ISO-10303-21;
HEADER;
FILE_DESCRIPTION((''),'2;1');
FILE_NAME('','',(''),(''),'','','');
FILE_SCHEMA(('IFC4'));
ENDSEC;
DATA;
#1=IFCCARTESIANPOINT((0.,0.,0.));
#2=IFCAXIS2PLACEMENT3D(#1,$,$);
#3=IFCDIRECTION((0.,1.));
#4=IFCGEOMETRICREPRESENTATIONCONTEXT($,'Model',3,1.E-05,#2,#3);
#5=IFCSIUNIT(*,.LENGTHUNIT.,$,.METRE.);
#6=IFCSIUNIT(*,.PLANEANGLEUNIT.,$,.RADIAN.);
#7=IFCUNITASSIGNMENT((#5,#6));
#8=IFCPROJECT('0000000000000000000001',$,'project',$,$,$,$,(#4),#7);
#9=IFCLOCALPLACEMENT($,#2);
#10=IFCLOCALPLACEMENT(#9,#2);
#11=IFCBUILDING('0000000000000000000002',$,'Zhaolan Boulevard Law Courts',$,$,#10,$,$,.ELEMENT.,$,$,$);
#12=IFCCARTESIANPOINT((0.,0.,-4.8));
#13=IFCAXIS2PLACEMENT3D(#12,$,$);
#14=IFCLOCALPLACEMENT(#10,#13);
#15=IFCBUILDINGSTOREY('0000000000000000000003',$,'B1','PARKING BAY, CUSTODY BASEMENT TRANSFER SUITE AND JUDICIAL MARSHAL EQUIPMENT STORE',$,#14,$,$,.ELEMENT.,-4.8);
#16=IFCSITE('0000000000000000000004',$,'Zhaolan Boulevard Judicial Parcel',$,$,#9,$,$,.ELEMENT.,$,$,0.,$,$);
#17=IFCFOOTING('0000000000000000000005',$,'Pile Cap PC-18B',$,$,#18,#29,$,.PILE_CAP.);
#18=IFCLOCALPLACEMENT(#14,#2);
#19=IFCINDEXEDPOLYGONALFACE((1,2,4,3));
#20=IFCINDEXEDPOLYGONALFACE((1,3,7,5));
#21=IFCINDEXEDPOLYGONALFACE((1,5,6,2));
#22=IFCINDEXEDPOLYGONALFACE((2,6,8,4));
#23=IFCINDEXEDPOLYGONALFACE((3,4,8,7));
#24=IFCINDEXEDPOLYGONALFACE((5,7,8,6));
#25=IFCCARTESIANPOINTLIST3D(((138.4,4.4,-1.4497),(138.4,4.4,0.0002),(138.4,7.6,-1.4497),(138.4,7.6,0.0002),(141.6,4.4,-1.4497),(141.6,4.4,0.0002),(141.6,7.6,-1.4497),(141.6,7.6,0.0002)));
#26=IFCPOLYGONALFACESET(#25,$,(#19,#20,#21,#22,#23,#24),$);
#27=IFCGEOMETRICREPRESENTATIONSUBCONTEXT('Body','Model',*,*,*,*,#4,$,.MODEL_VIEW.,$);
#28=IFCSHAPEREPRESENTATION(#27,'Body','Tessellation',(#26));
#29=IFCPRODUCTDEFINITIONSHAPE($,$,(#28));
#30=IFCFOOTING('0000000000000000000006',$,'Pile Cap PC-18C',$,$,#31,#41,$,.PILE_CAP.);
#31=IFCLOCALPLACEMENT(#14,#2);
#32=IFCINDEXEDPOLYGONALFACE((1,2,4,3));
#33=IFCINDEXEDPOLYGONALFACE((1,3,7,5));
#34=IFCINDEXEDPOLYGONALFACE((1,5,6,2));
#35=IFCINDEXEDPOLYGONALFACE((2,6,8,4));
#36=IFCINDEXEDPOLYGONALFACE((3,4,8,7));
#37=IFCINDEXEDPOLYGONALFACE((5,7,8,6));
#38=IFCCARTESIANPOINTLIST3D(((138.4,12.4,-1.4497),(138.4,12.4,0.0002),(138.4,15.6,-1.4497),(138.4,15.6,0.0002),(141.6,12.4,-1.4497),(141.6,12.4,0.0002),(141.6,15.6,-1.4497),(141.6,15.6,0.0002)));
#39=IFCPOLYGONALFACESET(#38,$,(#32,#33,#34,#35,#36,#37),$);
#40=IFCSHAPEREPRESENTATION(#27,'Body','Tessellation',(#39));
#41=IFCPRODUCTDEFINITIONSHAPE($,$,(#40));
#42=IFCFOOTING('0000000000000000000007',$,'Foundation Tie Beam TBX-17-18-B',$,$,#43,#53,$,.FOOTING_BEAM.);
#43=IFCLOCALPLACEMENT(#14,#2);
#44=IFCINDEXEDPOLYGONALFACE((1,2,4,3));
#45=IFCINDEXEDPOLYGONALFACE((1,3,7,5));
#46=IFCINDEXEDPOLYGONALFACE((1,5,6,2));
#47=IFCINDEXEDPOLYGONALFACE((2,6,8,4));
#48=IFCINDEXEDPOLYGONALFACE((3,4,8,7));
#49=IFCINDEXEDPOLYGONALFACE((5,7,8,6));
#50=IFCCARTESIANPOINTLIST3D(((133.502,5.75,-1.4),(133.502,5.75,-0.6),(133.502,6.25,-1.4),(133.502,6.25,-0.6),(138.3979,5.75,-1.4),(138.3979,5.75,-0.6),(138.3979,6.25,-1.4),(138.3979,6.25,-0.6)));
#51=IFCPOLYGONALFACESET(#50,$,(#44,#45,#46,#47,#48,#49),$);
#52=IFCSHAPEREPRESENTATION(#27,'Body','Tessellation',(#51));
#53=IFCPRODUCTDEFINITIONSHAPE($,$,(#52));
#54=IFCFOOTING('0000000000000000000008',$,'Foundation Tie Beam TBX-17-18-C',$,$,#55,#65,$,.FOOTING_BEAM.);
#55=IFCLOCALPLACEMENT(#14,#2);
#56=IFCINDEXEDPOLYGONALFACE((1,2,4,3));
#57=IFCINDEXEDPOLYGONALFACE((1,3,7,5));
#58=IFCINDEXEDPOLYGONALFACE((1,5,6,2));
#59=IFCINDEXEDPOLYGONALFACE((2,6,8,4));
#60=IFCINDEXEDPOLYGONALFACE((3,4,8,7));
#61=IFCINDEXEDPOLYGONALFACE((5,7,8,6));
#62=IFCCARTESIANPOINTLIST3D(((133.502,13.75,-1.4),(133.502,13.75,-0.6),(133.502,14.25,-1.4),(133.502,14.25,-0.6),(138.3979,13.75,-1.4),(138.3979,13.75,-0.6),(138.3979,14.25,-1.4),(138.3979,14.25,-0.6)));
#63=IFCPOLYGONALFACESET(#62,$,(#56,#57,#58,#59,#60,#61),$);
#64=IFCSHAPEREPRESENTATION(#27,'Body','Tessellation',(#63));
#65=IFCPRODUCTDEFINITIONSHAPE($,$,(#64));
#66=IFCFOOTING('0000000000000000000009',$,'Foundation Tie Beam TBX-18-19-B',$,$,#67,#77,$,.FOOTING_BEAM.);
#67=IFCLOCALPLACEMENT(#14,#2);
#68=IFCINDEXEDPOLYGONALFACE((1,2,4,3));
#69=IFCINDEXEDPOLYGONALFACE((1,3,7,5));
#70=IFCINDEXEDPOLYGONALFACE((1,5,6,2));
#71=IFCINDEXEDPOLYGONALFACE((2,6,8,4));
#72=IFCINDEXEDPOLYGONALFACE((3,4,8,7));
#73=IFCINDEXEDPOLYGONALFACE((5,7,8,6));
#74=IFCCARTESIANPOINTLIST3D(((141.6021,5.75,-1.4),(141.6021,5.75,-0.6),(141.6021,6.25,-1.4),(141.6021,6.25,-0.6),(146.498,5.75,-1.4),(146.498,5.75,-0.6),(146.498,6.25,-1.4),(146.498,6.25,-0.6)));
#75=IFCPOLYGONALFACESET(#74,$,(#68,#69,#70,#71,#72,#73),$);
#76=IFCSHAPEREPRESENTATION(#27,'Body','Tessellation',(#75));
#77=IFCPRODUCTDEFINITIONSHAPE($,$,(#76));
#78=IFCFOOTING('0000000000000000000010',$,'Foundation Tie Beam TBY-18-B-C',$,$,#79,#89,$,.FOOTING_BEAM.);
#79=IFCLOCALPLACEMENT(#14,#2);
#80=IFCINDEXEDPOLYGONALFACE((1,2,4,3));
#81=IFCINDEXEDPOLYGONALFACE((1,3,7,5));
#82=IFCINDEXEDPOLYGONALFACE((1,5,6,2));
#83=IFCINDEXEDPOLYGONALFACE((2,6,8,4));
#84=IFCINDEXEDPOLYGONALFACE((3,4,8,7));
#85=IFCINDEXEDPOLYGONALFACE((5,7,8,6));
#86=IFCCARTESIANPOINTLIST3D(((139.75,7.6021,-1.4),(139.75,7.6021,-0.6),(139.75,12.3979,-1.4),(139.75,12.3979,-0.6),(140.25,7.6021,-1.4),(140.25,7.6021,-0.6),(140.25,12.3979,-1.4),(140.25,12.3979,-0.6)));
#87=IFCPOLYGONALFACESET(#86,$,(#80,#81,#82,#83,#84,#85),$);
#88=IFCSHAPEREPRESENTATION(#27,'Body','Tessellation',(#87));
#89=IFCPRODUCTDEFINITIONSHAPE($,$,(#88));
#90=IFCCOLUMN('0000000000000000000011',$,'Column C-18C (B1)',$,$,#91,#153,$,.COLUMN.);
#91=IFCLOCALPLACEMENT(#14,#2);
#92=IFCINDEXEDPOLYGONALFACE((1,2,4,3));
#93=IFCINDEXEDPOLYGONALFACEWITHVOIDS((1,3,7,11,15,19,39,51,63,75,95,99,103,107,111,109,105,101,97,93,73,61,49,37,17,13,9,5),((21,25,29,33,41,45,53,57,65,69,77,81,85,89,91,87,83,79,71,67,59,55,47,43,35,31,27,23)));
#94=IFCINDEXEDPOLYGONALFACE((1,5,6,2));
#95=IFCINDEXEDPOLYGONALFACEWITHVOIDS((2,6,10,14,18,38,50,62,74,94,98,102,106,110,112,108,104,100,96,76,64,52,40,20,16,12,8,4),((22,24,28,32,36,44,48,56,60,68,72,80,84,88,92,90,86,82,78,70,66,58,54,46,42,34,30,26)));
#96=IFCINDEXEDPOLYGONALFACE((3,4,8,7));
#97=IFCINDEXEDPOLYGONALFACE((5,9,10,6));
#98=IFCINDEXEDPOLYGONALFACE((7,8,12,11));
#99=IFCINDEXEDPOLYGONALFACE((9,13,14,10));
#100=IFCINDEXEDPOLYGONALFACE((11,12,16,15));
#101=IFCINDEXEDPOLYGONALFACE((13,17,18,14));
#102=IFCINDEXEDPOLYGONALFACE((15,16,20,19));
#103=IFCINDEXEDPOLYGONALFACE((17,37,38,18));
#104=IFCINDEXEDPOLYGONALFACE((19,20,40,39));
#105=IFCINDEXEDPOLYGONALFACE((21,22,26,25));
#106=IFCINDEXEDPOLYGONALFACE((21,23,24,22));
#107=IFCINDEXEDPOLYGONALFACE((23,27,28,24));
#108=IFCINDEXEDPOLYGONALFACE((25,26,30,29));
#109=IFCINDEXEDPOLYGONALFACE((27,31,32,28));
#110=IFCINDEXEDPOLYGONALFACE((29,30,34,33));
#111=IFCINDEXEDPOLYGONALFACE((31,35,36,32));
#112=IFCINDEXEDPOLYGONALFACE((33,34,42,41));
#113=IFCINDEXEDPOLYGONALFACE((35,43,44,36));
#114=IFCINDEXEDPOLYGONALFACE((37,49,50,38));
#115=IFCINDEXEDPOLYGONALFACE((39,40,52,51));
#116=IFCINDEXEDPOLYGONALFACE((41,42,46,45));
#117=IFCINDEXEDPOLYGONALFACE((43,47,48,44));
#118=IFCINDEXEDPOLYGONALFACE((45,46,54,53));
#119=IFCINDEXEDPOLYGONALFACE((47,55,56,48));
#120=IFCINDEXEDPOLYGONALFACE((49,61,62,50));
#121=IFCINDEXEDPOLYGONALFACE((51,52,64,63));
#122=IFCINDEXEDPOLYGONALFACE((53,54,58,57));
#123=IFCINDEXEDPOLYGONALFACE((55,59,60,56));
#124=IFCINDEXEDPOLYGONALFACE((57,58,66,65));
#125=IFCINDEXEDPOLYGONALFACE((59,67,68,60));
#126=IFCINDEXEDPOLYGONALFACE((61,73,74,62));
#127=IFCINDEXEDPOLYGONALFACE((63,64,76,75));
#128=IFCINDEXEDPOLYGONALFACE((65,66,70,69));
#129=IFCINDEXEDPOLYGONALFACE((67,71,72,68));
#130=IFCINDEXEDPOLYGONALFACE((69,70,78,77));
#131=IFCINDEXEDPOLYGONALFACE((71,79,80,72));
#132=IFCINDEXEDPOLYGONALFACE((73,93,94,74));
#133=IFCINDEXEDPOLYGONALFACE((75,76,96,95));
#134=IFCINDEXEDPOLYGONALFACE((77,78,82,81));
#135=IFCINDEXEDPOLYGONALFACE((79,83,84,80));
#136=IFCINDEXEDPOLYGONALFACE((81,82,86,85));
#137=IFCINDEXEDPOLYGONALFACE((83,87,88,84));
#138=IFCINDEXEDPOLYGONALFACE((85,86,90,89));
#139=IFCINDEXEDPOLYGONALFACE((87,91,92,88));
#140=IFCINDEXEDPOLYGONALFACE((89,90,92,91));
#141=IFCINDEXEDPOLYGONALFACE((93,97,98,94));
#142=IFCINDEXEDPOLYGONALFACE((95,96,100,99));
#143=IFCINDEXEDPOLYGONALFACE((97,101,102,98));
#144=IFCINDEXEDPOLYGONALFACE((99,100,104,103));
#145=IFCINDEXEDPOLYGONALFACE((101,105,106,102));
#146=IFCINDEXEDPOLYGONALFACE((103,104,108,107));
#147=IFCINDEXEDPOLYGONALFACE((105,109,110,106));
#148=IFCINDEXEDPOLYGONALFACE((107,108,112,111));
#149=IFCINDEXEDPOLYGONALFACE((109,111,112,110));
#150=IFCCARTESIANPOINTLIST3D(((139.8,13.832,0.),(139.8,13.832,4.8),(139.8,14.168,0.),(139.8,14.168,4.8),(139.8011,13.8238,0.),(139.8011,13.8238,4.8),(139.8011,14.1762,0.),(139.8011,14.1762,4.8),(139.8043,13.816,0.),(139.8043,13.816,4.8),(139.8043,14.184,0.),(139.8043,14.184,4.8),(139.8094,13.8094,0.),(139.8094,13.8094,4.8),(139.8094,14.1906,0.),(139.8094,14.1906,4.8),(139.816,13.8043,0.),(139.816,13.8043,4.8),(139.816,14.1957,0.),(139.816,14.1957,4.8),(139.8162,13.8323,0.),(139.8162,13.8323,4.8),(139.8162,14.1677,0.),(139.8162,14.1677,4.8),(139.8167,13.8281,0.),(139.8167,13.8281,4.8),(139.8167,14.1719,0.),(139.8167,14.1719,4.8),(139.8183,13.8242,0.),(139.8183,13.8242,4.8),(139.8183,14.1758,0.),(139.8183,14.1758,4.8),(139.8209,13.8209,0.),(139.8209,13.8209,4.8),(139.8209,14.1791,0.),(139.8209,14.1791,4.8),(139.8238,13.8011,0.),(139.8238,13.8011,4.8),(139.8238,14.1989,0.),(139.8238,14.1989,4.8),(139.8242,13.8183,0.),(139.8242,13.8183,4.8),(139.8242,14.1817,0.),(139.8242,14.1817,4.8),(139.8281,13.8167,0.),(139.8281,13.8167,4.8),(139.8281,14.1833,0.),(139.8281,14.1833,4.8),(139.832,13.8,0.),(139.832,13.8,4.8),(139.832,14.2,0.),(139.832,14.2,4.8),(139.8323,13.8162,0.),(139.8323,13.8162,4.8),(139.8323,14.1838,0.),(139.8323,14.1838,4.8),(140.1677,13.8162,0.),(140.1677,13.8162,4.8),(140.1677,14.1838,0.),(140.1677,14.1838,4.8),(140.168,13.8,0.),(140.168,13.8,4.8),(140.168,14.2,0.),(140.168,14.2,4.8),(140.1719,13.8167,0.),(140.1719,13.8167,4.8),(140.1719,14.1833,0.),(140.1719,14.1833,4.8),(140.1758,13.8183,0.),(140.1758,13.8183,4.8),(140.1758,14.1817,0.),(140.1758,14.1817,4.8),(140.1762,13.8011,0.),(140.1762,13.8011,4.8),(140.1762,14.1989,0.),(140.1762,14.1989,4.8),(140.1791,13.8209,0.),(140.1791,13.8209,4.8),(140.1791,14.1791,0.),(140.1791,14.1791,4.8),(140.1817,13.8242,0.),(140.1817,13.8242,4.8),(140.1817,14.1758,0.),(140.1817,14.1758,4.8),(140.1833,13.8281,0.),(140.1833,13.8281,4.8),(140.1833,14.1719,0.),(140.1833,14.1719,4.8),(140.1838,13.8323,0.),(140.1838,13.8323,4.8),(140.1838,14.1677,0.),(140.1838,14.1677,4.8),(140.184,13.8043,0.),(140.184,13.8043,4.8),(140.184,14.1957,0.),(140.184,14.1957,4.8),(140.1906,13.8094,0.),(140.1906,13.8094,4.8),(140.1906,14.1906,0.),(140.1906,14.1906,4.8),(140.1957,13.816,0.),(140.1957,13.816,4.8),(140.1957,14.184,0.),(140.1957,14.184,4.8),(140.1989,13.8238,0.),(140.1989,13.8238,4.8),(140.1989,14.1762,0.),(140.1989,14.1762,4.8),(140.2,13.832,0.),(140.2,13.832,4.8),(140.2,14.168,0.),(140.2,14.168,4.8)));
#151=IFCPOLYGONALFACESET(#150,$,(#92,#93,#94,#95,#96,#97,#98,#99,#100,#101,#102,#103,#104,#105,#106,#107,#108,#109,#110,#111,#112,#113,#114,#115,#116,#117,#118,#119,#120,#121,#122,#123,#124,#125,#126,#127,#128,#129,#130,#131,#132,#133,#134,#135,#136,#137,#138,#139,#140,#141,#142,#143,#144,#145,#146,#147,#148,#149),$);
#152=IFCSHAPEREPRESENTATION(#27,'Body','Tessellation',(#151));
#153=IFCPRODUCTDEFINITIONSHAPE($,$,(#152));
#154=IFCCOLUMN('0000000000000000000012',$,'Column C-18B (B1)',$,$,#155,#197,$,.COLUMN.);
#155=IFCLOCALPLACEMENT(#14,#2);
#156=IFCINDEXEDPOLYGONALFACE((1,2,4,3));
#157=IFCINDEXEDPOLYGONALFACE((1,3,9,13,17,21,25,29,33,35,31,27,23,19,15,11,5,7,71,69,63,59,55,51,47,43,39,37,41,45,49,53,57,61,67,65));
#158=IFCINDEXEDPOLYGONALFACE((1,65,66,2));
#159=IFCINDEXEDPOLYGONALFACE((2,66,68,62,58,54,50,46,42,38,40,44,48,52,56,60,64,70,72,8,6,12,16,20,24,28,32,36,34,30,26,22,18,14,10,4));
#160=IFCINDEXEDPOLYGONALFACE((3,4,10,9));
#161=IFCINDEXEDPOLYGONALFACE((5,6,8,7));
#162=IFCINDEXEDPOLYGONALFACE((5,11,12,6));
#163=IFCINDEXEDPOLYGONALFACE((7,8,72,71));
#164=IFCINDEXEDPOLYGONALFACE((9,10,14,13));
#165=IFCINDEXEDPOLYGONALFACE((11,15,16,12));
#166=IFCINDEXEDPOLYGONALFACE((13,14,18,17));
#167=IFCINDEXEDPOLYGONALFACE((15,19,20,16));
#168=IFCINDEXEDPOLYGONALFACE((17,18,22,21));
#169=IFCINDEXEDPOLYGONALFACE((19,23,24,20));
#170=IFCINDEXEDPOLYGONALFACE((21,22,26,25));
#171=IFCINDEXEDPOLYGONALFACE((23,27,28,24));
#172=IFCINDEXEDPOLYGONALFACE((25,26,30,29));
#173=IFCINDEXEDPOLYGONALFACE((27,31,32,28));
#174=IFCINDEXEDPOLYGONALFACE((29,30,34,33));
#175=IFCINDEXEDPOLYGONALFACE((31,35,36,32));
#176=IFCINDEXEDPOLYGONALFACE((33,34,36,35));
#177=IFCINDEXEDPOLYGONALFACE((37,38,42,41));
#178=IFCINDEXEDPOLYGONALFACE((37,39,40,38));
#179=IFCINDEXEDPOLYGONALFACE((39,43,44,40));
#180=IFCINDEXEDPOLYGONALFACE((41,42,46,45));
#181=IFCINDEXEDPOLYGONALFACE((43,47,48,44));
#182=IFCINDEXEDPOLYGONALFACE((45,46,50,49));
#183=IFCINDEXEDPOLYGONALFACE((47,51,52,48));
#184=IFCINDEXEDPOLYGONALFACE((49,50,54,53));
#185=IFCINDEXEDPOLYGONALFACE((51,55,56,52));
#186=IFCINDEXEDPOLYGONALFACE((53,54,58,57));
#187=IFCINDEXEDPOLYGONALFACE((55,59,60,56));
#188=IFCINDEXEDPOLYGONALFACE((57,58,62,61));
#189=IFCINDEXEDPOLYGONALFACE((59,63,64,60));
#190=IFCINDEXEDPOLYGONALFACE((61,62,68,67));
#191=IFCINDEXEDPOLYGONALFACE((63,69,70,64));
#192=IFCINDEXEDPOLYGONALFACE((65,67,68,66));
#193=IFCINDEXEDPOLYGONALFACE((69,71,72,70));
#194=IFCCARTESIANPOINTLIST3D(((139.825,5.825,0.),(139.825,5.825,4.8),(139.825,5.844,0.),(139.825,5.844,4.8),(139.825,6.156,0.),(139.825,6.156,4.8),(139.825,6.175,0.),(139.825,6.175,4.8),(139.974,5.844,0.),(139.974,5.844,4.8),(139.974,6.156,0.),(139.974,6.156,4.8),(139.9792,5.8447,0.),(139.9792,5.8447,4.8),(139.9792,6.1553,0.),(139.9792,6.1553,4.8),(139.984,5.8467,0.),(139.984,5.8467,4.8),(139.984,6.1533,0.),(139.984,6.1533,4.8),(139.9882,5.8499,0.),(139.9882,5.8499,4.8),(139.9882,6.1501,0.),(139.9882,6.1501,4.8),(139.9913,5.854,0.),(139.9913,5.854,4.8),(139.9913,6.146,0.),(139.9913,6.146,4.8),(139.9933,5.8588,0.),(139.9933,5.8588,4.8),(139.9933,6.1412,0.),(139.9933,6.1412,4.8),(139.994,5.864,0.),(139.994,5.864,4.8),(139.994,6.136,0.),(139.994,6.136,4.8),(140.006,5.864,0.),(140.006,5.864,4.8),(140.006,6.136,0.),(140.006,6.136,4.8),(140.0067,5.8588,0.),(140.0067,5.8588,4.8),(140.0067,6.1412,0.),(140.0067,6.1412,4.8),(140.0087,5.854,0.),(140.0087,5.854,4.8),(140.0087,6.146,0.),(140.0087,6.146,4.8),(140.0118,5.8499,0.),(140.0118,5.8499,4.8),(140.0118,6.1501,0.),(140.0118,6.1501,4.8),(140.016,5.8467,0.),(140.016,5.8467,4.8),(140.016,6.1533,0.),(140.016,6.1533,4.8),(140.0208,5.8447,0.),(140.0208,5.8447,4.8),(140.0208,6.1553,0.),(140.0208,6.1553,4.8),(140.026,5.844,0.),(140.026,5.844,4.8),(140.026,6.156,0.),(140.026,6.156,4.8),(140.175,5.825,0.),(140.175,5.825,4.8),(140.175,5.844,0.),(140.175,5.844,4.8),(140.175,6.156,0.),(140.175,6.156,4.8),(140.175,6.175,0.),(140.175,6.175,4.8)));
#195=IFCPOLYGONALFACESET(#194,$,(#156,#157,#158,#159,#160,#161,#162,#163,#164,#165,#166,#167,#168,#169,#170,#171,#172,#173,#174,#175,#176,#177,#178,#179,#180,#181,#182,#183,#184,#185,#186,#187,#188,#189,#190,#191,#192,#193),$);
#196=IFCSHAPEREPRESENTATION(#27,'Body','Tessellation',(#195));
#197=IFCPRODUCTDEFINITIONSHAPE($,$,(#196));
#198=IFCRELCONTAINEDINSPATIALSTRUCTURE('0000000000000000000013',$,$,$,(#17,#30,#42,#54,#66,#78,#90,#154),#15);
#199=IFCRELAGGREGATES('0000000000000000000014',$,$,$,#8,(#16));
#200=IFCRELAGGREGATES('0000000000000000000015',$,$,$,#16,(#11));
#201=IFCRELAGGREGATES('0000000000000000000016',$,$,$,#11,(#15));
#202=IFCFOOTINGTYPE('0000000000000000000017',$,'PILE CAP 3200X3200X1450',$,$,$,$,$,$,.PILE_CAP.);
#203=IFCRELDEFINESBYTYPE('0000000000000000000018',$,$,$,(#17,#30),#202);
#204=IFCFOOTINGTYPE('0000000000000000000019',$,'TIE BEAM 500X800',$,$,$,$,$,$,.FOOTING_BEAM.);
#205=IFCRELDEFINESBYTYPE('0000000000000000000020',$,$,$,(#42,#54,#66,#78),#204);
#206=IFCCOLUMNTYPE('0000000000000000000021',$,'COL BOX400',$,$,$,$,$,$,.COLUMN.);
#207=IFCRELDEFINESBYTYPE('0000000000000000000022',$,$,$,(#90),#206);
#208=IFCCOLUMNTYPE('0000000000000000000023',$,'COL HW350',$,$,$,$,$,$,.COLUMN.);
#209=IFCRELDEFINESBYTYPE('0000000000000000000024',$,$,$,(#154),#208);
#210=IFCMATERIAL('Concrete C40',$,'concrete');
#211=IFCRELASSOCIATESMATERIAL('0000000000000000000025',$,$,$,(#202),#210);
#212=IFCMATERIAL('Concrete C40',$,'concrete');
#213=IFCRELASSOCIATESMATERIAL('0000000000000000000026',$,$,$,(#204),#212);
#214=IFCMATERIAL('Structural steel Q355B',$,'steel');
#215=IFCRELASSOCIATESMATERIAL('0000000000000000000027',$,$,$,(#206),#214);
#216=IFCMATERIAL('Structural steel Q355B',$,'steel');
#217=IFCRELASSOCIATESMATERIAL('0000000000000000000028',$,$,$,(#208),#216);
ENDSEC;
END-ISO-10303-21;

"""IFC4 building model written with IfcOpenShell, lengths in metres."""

from ifc_helpers import new_model, si_unit, direction, frame, origin, origin_2d, place, context, subcontext, project, spatial, rectangle, hollow_rectangle, i_section, extrude, material, material_profile, profile_set, type_object, element, save


model = new_model("IFC4")

# Units and contexts
model_context = context("Model", 3, precision=1e-05, world=origin(), true_north=direction((0.0, 1.0)))
body_context = subcontext(model_context, "Body", "Model", "MODEL_VIEW")
ifc_project = project(units=[si_unit("LENGTHUNIT", "METRE"), si_unit("PLANEANGLEUNIT", "RADIAN")], contexts=[model_context])

# Site, building, storey
site_placement = place(None, origin())
site = spatial("IfcSite", under=ifc_project, at=site_placement, Name="Zhaolan Boulevard Judicial Parcel", CompositionType="ELEMENT", RefElevation=0.0)
building_placement = place(site_placement, origin())
building = spatial("IfcBuilding", under=site, at=building_placement, Name="Zhaolan Boulevard Law Courts", CompositionType="ELEMENT")
storey_placement = place(building_placement, frame((0.0, 0.0, -4.8)))
storey = spatial("IfcBuildingStorey", under=building, at=storey_placement, Name="B1", Description="PARKING BAY, CUSTODY BASEMENT TRANSFER SUITE AND JUDICIAL MARSHAL EQUIPMENT STORE", CompositionType="ELEMENT", Elevation=-4.8)

# Footings
ifc_material_1 = material(Name="Concrete C40", Category="concrete")
footing_type_1 = type_object("IfcFootingType", Name="PILE CAP 3200X3200X1450", PredefinedType="PILE_CAP", material=ifc_material_1)
for number, where, z_axis, x_axis, name in (
    (1, (140.0, 6.0, -1.4497), (0.0, 0.0, 1.0), (1.0, 0.0, 0.0), "Pile Cap PC-18B"),
    (2, (140.0, 14.0, -1.4497), (0.0, 0.0, 1.0), (1.0, 0.0, 0.0), "Pile Cap PC-18C"),
):
    element("IfcFooting", number, at=place(storey_placement, frame(where, z_axis=z_axis, x_axis=x_axis)), inside=storey, type_object=footing_type_1, Name=name, PredefinedType="PILE_CAP", context=body_context, shape_type="SweptSolid", body=[
        extrude(rectangle(XDim=3.2, YDim=3.2, at=origin_2d()), origin(), (0.0, 0.0, 1.0), 1.45),
    ])
ifc_material_2 = material(Name="Concrete C40", Category="concrete")
ifc_material_profile_1 = material_profile(ifc_material_2, rectangle(XDim=0.5, YDim=0.8, at=origin_2d()), Name="RC500x800")
ifc_profile_set_1 = profile_set([ifc_material_profile_1], Name="Concrete C40")
footing_type_2 = type_object("IfcFootingType", Name="TIE BEAM 500X800", PredefinedType="FOOTING_BEAM", material=ifc_profile_set_1)
for number, where, z_axis, x_axis, name in (
    (3, (133.502, 6.0, -1.0), (1.0, 0.0, 0.0), (0.0, 1.0, 0.0), "Foundation Tie Beam TBX-17-18-B"),
    (4, (133.502, 14.0, -1.0), (1.0, 0.0, 0.0), (0.0, 1.0, 0.0), "Foundation Tie Beam TBX-17-18-C"),
    (5, (141.6021, 6.0, -1.0), (1.0, 0.0, 0.0), (0.0, 1.0, 0.0), "Foundation Tie Beam TBX-18-19-B"),
):
    element("IfcFooting", number, at=place(storey_placement, frame(where, z_axis=z_axis, x_axis=x_axis)), inside=storey, type_object=footing_type_2, Name=name, PredefinedType="FOOTING_BEAM", context=body_context, shape_type="SweptSolid", body=[
        extrude(rectangle(XDim=0.5, YDim=0.8, at=origin_2d()), origin(), (0.0, 0.0, 1.0), 4.896),
    ])
footing_placement = place(storey_placement, frame((140.0, 7.6021, -1.0), z_axis=(0.0, 1.0, 0.0), x_axis=(-1.0, 0.0, 0.0)))
element("IfcFooting", 6, at=footing_placement, inside=storey, type_object=footing_type_2, Name="Foundation Tie Beam TBY-18-B-C", PredefinedType="FOOTING_BEAM", context=body_context, shape_type="SweptSolid", body=[
    extrude(rectangle(XDim=0.5, YDim=0.8, at=origin_2d()), origin(), (0.0, 0.0, 1.0), 4.7959),
])

# Columns
ifc_material_3 = material(Name="Structural steel Q355B", Category="steel")
ifc_material_profile_2 = material_profile(ifc_material_3, hollow_rectangle(XDim=0.3999, YDim=0.3999, WallThickness=0.0161, InnerFilletRadius=0.0161, OuterFilletRadius=0.032, at=origin_2d()), Name="BOX400x400x16")
ifc_profile_set_2 = profile_set([ifc_material_profile_2], Name="Structural steel Q355B")
column_type_1 = type_object("IfcColumnType", Name="COL BOX400", PredefinedType="COLUMN", material=ifc_profile_set_2)
column_1_placement = place(storey_placement, frame((140.0, 14.0, 0.0), z_axis=(0.0, 0.0, 1.0), x_axis=(1.0, 0.0, 0.0)))
element("IfcColumn", 7, at=column_1_placement, inside=storey, type_object=column_type_1, Name="Column C-18C (B1)", PredefinedType="COLUMN", context=body_context, shape_type="SweptSolid", body=[
    extrude(hollow_rectangle(XDim=0.3999, YDim=0.3999, WallThickness=0.0161, InnerFilletRadius=0.0161, OuterFilletRadius=0.032, at=origin_2d()), origin(), (0.0, 0.0, 1.0), 4.8),
])
ifc_material_4 = material(Name="Structural steel Q355B", Category="steel")
ifc_material_profile_3 = material_profile(ifc_material_4, i_section(OverallWidth=0.3501, OverallDepth=0.3501, WebThickness=0.012, FlangeThickness=0.019, FilletRadius=0.02, at=origin_2d()), Name="HW350x350")
ifc_profile_set_3 = profile_set([ifc_material_profile_3], Name="Structural steel Q355B")
column_type_2 = type_object("IfcColumnType", Name="COL HW350", PredefinedType="COLUMN", material=ifc_profile_set_3)
column_2_placement = place(storey_placement, frame((140.0, 6.0, 0.0), z_axis=(0.0, 0.0, 1.0), x_axis=(1.0, 0.0, 0.0)))
element("IfcColumn", 8, at=column_2_placement, inside=storey, type_object=column_type_2, Name="Column C-18B (B1)", PredefinedType="COLUMN", context=body_context, shape_type="SweptSolid", body=[
    extrude(i_section(OverallWidth=0.3501, OverallDepth=0.3501, WebThickness=0.012, FlangeThickness=0.019, FilletRadius=0.02, at=origin_2d()), origin(), (0.0, 0.0, 1.0), 4.8),
])

save(model, "model.ifc")
